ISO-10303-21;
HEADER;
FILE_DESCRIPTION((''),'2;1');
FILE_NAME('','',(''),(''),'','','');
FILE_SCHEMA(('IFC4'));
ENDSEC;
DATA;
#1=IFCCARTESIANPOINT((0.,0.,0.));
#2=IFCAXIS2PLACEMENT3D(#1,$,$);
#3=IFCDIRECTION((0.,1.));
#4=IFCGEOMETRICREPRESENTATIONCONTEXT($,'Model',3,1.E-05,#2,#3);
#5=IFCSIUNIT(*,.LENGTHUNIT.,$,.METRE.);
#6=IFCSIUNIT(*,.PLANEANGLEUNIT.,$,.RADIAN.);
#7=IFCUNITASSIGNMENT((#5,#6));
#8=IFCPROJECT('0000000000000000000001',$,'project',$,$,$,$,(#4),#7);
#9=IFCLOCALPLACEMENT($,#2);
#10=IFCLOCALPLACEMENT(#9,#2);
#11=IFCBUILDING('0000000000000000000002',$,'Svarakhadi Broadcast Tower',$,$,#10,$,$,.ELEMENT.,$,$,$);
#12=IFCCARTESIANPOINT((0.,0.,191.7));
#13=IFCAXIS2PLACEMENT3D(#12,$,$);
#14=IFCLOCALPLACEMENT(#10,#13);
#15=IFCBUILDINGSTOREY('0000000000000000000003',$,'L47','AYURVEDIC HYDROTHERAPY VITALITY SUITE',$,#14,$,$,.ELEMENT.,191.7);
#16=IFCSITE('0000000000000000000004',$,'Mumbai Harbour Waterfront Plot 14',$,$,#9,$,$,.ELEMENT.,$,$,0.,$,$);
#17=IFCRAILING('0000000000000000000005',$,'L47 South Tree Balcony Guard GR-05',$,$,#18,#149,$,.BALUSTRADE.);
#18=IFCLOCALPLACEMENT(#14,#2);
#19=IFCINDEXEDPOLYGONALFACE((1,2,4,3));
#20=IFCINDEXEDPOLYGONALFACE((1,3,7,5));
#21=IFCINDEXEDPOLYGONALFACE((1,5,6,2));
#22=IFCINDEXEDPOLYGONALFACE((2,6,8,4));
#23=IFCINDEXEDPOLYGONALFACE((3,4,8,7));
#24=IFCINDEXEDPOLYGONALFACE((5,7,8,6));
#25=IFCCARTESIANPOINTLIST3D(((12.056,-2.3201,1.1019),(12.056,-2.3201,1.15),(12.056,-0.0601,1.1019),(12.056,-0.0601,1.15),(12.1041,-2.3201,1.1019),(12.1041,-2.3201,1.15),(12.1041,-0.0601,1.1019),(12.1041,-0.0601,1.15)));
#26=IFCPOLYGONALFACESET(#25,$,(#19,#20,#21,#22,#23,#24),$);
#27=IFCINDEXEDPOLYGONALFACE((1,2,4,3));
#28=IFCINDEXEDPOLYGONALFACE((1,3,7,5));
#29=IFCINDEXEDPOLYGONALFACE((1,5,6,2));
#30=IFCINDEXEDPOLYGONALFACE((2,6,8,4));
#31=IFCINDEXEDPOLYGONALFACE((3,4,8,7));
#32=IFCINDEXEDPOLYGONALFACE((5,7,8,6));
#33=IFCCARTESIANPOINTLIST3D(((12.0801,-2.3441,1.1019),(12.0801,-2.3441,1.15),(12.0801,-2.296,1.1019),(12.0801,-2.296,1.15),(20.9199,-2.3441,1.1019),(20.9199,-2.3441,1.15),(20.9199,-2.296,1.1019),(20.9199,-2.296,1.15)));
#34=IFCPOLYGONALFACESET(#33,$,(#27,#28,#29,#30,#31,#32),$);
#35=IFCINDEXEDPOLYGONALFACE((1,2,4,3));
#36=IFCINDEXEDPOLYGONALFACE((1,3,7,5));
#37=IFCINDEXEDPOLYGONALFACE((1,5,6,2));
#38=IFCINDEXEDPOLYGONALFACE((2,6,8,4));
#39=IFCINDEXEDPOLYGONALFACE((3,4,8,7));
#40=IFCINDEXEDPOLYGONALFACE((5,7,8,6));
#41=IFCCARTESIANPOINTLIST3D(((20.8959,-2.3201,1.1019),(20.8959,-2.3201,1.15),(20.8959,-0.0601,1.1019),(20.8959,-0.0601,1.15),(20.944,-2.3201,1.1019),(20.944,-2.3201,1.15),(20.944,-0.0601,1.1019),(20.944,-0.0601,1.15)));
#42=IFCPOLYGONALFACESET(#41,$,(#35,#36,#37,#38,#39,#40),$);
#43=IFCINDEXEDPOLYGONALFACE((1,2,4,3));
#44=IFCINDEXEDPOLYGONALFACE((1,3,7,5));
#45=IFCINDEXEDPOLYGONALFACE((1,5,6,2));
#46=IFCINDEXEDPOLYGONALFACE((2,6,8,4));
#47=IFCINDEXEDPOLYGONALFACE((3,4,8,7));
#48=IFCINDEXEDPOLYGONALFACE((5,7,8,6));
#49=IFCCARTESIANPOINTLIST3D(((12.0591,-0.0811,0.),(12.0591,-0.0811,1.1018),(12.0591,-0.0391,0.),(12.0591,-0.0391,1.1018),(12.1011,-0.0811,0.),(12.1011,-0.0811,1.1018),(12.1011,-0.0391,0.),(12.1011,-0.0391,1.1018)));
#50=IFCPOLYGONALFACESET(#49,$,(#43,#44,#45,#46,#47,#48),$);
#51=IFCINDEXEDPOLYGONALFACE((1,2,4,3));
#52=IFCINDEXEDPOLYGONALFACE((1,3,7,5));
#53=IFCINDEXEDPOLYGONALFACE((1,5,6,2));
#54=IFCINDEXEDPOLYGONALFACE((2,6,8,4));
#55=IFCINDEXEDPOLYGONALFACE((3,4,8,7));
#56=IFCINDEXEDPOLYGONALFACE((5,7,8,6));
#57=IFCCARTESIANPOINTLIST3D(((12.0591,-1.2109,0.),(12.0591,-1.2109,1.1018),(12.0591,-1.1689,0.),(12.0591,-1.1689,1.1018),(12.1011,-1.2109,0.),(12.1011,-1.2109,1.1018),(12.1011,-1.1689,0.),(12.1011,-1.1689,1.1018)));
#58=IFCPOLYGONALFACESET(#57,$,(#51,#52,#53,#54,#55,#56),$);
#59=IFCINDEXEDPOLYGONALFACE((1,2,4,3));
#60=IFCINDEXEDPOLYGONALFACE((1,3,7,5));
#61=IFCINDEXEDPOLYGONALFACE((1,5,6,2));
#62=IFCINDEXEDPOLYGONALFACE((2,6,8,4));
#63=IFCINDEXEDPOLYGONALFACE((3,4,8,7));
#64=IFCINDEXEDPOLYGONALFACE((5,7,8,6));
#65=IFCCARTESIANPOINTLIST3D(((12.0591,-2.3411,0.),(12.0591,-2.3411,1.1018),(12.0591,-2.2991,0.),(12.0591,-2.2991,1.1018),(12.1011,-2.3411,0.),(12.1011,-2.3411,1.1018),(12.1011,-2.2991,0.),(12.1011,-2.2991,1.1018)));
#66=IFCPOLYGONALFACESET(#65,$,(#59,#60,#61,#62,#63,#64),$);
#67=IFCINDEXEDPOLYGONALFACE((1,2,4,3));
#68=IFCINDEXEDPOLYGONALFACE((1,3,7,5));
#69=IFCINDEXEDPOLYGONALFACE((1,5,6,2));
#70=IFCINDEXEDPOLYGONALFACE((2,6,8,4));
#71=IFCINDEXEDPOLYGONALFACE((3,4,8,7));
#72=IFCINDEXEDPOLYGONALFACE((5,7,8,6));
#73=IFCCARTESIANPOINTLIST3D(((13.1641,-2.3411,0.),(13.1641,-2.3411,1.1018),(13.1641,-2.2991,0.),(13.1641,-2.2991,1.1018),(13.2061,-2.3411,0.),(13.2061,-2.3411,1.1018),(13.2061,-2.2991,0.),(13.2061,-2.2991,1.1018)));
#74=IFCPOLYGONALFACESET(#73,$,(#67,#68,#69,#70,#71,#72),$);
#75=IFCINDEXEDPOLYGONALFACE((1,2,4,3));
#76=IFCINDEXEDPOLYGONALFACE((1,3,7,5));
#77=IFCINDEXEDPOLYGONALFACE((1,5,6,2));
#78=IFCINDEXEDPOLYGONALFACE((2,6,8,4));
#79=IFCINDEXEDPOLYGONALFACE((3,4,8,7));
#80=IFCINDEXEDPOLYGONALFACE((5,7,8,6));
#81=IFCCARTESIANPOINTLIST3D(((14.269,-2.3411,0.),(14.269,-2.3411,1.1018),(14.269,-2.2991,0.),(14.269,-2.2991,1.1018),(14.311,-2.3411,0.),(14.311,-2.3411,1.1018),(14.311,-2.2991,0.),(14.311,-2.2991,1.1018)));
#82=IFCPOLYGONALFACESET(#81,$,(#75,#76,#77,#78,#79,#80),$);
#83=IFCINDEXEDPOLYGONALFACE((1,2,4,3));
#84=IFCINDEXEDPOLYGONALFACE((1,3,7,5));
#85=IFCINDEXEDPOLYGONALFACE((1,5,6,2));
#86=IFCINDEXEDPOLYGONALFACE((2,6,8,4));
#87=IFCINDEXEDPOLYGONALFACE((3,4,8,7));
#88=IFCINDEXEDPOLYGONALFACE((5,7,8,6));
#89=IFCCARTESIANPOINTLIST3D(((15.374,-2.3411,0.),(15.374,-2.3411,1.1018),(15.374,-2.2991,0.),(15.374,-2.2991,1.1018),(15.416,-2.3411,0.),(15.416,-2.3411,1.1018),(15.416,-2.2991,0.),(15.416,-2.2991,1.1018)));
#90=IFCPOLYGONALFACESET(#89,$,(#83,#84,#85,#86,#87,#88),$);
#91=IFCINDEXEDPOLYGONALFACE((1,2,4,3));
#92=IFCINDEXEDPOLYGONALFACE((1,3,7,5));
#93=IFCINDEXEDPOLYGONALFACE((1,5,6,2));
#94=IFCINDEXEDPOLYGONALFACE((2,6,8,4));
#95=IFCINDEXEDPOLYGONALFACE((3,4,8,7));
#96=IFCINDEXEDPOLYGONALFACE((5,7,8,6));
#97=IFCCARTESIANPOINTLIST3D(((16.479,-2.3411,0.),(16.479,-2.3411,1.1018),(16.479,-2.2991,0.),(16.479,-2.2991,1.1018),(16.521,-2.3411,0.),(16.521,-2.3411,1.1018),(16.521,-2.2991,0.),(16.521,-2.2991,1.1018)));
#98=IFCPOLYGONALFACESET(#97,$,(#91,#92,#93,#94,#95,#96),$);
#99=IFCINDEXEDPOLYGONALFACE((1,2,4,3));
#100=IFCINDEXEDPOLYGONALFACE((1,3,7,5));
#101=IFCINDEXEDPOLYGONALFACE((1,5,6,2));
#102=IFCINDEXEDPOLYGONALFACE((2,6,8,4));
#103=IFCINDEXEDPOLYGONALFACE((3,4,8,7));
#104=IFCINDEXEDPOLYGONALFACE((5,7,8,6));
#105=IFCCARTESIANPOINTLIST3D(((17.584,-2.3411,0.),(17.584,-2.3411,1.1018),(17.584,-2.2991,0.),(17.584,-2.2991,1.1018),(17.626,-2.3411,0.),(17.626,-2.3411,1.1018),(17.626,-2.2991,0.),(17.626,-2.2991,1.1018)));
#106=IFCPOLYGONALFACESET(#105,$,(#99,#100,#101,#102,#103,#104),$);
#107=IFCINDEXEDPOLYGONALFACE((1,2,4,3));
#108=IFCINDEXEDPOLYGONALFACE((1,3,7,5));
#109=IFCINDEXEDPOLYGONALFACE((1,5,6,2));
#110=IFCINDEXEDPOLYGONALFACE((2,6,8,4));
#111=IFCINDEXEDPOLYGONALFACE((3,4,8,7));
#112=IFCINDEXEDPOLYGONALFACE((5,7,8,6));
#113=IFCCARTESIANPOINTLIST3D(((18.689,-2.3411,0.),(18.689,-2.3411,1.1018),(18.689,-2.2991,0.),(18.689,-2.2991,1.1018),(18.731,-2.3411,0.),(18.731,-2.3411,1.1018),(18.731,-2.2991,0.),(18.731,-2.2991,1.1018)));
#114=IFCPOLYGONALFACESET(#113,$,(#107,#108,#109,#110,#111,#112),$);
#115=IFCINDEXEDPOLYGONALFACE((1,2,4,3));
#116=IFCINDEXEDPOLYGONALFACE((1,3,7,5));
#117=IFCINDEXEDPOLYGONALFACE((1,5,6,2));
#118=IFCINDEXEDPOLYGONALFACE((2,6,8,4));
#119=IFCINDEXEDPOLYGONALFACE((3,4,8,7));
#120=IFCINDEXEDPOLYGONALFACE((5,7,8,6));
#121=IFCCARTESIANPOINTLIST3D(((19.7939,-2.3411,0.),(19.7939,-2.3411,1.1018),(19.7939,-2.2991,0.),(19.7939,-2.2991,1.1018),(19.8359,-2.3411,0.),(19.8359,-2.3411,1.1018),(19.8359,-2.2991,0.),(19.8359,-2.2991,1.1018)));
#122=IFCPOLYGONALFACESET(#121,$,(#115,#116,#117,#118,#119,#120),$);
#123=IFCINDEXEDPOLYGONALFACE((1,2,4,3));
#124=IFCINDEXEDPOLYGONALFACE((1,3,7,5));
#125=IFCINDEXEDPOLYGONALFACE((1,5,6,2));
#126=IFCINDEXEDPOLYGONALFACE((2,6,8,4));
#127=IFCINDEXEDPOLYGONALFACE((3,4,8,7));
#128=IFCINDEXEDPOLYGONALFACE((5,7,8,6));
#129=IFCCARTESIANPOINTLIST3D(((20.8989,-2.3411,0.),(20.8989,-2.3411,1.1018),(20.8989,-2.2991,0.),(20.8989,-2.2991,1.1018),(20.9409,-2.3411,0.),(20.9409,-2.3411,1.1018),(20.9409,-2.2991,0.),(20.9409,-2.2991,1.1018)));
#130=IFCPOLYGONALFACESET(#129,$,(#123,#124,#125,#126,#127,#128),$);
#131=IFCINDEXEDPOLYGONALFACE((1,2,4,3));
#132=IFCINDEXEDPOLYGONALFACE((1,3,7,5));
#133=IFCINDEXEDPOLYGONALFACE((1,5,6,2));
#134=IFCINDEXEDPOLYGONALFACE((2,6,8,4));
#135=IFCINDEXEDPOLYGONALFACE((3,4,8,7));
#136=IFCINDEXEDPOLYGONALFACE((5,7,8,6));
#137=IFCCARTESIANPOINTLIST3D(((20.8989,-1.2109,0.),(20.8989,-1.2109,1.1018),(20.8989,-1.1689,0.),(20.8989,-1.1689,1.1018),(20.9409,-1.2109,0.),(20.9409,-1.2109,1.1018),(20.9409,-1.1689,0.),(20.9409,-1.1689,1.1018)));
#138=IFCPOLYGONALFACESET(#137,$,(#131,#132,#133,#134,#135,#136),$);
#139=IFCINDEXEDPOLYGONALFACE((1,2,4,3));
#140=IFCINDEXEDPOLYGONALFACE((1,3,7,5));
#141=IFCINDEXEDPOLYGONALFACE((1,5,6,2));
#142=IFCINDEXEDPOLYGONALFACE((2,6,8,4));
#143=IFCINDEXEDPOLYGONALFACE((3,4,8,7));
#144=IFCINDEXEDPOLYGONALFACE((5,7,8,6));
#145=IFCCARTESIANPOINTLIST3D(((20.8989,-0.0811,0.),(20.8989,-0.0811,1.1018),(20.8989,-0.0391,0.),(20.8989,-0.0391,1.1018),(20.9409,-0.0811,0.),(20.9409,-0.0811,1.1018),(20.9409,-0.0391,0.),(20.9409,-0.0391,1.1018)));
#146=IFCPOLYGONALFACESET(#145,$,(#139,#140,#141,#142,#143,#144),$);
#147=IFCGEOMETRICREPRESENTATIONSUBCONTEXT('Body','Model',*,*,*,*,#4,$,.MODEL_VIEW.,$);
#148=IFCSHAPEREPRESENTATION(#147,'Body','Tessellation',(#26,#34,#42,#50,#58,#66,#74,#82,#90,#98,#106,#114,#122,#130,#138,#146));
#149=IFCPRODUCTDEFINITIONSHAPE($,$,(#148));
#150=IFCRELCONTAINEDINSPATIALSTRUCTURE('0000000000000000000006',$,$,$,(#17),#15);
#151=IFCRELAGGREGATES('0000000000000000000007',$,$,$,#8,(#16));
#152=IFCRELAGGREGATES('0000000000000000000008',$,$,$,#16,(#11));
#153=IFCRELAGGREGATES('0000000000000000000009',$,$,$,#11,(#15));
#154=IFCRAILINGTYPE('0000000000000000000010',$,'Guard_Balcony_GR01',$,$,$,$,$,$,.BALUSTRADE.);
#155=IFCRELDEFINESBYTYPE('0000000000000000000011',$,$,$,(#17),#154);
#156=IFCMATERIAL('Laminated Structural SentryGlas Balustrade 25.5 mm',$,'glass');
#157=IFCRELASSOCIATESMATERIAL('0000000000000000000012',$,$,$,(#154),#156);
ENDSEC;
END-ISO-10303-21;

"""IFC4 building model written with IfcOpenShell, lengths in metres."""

from ifc_helpers import new_model, si_unit, direction, frame, origin, origin_2d, place, context, subcontext, project, spatial, rectangle, extrude, material, type_object, element, save


model = new_model("IFC4")

# Units and contexts
model_context = context("Model", 3, precision=1e-05, world=origin(), true_north=direction((0.0, 1.0)))
body_context = subcontext(model_context, "Body", "Model", "MODEL_VIEW")
ifc_project = project(units=[si_unit("LENGTHUNIT", "METRE"), si_unit("PLANEANGLEUNIT", "RADIAN")], contexts=[model_context])

# Site, building, storey
site_placement = place(None, origin())
site = spatial("IfcSite", under=ifc_project, at=site_placement, Name="Mumbai Harbour Waterfront Plot 14", CompositionType="ELEMENT", RefElevation=0.0)
building_placement = place(site_placement, origin())
building = spatial("IfcBuilding", under=site, at=building_placement, Name="Svarakhadi Broadcast Tower", CompositionType="ELEMENT")
storey_placement = place(building_placement, frame((0.0, 0.0, 191.7)))
storey = spatial("IfcBuildingStorey", under=building, at=storey_placement, Name="L47", Description="AYURVEDIC HYDROTHERAPY VITALITY SUITE", CompositionType="ELEMENT", Elevation=191.7)

# Railing
ifc_material_1 = material(Name="Laminated Structural SentryGlas Balustrade 25.5 mm", Category="glass")
railing_type = type_object("IfcRailingType", Name="Guard_Balcony_GR01", PredefinedType="BALUSTRADE", material=ifc_material_1)
railing_placement = place(storey_placement, frame((12.0801, -0.0601, 0.0)))
element("IfcRailing", 1, at=railing_placement, inside=storey, type_object=railing_type, Name="L47 South Tree Balcony Guard GR-05", PredefinedType="BALUSTRADE", context=body_context, shape_type="SweptSolid", body=[
    extrude(rectangle(XDim=0.0481, YDim=0.0481, at=origin_2d()), frame((0.0, 0.0, 1.126), z_axis=(0.0, -1.0, 0.0), x_axis=(1.0, 0.0, 0.0)), (0.0, 0.0, 1.0), 2.26),
    extrude(rectangle(XDim=0.0481, YDim=0.0481, at=origin_2d()), frame((0.0, -2.26, 1.126), z_axis=(1.0, 0.0, 0.0), x_axis=(0.0, 1.0, 0.0)), (0.0, 0.0, 1.0), 8.8398),
    extrude(rectangle(XDim=0.0481, YDim=0.0481, at=origin_2d()), frame((8.8398, -2.26, 1.126), z_axis=(0.0, 1.0, 0.0), x_axis=(-1.0, 0.0, 0.0)), (0.0, 0.0, 1.0), 2.26),
    extrude(rectangle(XDim=0.042, YDim=0.042, at=origin_2d()), origin(), (0.0, 0.0, 1.0), 1.1018),
    extrude(rectangle(XDim=0.042, YDim=0.042, at=origin_2d()), frame((0.0, -1.1299, 0.0)), (0.0, 0.0, 1.0), 1.1018),
    extrude(rectangle(XDim=0.042, YDim=0.042, at=origin_2d()), frame((0.0, -2.26, 0.0)), (0.0, 0.0, 1.0), 1.1018),
    extrude(rectangle(XDim=0.042, YDim=0.042, at=origin_2d()), frame((1.105, -2.26, 0.0)), (0.0, 0.0, 1.0), 1.1018),
    extrude(rectangle(XDim=0.042, YDim=0.042, at=origin_2d()), frame((2.21, -2.26, 0.0)), (0.0, 0.0, 1.0), 1.1018),
    extrude(rectangle(XDim=0.042, YDim=0.042, at=origin_2d()), frame((3.3149, -2.26, 0.0)), (0.0, 0.0, 1.0), 1.1018),
    extrude(rectangle(XDim=0.042, YDim=0.042, at=origin_2d()), frame((4.4199, -2.26, 0.0)), (0.0, 0.0, 1.0), 1.1018),
    extrude(rectangle(XDim=0.042, YDim=0.042, at=origin_2d()), frame((5.5249, -2.26, 0.0)), (0.0, 0.0, 1.0), 1.1018),
    extrude(rectangle(XDim=0.042, YDim=0.042, at=origin_2d()), frame((6.6299, -2.26, 0.0)), (0.0, 0.0, 1.0), 1.1018),
    extrude(rectangle(XDim=0.042, YDim=0.042, at=origin_2d()), frame((7.7349, -2.26, 0.0)), (0.0, 0.0, 1.0), 1.1018),
    extrude(rectangle(XDim=0.042, YDim=0.042, at=origin_2d()), frame((8.8398, -2.26, 0.0)), (0.0, 0.0, 1.0), 1.1018),
    extrude(rectangle(XDim=0.042, YDim=0.042, at=origin_2d()), frame((8.8398, -1.1299, 0.0)), (0.0, 0.0, 1.0), 1.1018),
    extrude(rectangle(XDim=0.042, YDim=0.042, at=origin_2d()), frame((8.8398, 0.0, 0.0)), (0.0, 0.0, 1.0), 1.1018),
])

save(model, "model.ifc")
